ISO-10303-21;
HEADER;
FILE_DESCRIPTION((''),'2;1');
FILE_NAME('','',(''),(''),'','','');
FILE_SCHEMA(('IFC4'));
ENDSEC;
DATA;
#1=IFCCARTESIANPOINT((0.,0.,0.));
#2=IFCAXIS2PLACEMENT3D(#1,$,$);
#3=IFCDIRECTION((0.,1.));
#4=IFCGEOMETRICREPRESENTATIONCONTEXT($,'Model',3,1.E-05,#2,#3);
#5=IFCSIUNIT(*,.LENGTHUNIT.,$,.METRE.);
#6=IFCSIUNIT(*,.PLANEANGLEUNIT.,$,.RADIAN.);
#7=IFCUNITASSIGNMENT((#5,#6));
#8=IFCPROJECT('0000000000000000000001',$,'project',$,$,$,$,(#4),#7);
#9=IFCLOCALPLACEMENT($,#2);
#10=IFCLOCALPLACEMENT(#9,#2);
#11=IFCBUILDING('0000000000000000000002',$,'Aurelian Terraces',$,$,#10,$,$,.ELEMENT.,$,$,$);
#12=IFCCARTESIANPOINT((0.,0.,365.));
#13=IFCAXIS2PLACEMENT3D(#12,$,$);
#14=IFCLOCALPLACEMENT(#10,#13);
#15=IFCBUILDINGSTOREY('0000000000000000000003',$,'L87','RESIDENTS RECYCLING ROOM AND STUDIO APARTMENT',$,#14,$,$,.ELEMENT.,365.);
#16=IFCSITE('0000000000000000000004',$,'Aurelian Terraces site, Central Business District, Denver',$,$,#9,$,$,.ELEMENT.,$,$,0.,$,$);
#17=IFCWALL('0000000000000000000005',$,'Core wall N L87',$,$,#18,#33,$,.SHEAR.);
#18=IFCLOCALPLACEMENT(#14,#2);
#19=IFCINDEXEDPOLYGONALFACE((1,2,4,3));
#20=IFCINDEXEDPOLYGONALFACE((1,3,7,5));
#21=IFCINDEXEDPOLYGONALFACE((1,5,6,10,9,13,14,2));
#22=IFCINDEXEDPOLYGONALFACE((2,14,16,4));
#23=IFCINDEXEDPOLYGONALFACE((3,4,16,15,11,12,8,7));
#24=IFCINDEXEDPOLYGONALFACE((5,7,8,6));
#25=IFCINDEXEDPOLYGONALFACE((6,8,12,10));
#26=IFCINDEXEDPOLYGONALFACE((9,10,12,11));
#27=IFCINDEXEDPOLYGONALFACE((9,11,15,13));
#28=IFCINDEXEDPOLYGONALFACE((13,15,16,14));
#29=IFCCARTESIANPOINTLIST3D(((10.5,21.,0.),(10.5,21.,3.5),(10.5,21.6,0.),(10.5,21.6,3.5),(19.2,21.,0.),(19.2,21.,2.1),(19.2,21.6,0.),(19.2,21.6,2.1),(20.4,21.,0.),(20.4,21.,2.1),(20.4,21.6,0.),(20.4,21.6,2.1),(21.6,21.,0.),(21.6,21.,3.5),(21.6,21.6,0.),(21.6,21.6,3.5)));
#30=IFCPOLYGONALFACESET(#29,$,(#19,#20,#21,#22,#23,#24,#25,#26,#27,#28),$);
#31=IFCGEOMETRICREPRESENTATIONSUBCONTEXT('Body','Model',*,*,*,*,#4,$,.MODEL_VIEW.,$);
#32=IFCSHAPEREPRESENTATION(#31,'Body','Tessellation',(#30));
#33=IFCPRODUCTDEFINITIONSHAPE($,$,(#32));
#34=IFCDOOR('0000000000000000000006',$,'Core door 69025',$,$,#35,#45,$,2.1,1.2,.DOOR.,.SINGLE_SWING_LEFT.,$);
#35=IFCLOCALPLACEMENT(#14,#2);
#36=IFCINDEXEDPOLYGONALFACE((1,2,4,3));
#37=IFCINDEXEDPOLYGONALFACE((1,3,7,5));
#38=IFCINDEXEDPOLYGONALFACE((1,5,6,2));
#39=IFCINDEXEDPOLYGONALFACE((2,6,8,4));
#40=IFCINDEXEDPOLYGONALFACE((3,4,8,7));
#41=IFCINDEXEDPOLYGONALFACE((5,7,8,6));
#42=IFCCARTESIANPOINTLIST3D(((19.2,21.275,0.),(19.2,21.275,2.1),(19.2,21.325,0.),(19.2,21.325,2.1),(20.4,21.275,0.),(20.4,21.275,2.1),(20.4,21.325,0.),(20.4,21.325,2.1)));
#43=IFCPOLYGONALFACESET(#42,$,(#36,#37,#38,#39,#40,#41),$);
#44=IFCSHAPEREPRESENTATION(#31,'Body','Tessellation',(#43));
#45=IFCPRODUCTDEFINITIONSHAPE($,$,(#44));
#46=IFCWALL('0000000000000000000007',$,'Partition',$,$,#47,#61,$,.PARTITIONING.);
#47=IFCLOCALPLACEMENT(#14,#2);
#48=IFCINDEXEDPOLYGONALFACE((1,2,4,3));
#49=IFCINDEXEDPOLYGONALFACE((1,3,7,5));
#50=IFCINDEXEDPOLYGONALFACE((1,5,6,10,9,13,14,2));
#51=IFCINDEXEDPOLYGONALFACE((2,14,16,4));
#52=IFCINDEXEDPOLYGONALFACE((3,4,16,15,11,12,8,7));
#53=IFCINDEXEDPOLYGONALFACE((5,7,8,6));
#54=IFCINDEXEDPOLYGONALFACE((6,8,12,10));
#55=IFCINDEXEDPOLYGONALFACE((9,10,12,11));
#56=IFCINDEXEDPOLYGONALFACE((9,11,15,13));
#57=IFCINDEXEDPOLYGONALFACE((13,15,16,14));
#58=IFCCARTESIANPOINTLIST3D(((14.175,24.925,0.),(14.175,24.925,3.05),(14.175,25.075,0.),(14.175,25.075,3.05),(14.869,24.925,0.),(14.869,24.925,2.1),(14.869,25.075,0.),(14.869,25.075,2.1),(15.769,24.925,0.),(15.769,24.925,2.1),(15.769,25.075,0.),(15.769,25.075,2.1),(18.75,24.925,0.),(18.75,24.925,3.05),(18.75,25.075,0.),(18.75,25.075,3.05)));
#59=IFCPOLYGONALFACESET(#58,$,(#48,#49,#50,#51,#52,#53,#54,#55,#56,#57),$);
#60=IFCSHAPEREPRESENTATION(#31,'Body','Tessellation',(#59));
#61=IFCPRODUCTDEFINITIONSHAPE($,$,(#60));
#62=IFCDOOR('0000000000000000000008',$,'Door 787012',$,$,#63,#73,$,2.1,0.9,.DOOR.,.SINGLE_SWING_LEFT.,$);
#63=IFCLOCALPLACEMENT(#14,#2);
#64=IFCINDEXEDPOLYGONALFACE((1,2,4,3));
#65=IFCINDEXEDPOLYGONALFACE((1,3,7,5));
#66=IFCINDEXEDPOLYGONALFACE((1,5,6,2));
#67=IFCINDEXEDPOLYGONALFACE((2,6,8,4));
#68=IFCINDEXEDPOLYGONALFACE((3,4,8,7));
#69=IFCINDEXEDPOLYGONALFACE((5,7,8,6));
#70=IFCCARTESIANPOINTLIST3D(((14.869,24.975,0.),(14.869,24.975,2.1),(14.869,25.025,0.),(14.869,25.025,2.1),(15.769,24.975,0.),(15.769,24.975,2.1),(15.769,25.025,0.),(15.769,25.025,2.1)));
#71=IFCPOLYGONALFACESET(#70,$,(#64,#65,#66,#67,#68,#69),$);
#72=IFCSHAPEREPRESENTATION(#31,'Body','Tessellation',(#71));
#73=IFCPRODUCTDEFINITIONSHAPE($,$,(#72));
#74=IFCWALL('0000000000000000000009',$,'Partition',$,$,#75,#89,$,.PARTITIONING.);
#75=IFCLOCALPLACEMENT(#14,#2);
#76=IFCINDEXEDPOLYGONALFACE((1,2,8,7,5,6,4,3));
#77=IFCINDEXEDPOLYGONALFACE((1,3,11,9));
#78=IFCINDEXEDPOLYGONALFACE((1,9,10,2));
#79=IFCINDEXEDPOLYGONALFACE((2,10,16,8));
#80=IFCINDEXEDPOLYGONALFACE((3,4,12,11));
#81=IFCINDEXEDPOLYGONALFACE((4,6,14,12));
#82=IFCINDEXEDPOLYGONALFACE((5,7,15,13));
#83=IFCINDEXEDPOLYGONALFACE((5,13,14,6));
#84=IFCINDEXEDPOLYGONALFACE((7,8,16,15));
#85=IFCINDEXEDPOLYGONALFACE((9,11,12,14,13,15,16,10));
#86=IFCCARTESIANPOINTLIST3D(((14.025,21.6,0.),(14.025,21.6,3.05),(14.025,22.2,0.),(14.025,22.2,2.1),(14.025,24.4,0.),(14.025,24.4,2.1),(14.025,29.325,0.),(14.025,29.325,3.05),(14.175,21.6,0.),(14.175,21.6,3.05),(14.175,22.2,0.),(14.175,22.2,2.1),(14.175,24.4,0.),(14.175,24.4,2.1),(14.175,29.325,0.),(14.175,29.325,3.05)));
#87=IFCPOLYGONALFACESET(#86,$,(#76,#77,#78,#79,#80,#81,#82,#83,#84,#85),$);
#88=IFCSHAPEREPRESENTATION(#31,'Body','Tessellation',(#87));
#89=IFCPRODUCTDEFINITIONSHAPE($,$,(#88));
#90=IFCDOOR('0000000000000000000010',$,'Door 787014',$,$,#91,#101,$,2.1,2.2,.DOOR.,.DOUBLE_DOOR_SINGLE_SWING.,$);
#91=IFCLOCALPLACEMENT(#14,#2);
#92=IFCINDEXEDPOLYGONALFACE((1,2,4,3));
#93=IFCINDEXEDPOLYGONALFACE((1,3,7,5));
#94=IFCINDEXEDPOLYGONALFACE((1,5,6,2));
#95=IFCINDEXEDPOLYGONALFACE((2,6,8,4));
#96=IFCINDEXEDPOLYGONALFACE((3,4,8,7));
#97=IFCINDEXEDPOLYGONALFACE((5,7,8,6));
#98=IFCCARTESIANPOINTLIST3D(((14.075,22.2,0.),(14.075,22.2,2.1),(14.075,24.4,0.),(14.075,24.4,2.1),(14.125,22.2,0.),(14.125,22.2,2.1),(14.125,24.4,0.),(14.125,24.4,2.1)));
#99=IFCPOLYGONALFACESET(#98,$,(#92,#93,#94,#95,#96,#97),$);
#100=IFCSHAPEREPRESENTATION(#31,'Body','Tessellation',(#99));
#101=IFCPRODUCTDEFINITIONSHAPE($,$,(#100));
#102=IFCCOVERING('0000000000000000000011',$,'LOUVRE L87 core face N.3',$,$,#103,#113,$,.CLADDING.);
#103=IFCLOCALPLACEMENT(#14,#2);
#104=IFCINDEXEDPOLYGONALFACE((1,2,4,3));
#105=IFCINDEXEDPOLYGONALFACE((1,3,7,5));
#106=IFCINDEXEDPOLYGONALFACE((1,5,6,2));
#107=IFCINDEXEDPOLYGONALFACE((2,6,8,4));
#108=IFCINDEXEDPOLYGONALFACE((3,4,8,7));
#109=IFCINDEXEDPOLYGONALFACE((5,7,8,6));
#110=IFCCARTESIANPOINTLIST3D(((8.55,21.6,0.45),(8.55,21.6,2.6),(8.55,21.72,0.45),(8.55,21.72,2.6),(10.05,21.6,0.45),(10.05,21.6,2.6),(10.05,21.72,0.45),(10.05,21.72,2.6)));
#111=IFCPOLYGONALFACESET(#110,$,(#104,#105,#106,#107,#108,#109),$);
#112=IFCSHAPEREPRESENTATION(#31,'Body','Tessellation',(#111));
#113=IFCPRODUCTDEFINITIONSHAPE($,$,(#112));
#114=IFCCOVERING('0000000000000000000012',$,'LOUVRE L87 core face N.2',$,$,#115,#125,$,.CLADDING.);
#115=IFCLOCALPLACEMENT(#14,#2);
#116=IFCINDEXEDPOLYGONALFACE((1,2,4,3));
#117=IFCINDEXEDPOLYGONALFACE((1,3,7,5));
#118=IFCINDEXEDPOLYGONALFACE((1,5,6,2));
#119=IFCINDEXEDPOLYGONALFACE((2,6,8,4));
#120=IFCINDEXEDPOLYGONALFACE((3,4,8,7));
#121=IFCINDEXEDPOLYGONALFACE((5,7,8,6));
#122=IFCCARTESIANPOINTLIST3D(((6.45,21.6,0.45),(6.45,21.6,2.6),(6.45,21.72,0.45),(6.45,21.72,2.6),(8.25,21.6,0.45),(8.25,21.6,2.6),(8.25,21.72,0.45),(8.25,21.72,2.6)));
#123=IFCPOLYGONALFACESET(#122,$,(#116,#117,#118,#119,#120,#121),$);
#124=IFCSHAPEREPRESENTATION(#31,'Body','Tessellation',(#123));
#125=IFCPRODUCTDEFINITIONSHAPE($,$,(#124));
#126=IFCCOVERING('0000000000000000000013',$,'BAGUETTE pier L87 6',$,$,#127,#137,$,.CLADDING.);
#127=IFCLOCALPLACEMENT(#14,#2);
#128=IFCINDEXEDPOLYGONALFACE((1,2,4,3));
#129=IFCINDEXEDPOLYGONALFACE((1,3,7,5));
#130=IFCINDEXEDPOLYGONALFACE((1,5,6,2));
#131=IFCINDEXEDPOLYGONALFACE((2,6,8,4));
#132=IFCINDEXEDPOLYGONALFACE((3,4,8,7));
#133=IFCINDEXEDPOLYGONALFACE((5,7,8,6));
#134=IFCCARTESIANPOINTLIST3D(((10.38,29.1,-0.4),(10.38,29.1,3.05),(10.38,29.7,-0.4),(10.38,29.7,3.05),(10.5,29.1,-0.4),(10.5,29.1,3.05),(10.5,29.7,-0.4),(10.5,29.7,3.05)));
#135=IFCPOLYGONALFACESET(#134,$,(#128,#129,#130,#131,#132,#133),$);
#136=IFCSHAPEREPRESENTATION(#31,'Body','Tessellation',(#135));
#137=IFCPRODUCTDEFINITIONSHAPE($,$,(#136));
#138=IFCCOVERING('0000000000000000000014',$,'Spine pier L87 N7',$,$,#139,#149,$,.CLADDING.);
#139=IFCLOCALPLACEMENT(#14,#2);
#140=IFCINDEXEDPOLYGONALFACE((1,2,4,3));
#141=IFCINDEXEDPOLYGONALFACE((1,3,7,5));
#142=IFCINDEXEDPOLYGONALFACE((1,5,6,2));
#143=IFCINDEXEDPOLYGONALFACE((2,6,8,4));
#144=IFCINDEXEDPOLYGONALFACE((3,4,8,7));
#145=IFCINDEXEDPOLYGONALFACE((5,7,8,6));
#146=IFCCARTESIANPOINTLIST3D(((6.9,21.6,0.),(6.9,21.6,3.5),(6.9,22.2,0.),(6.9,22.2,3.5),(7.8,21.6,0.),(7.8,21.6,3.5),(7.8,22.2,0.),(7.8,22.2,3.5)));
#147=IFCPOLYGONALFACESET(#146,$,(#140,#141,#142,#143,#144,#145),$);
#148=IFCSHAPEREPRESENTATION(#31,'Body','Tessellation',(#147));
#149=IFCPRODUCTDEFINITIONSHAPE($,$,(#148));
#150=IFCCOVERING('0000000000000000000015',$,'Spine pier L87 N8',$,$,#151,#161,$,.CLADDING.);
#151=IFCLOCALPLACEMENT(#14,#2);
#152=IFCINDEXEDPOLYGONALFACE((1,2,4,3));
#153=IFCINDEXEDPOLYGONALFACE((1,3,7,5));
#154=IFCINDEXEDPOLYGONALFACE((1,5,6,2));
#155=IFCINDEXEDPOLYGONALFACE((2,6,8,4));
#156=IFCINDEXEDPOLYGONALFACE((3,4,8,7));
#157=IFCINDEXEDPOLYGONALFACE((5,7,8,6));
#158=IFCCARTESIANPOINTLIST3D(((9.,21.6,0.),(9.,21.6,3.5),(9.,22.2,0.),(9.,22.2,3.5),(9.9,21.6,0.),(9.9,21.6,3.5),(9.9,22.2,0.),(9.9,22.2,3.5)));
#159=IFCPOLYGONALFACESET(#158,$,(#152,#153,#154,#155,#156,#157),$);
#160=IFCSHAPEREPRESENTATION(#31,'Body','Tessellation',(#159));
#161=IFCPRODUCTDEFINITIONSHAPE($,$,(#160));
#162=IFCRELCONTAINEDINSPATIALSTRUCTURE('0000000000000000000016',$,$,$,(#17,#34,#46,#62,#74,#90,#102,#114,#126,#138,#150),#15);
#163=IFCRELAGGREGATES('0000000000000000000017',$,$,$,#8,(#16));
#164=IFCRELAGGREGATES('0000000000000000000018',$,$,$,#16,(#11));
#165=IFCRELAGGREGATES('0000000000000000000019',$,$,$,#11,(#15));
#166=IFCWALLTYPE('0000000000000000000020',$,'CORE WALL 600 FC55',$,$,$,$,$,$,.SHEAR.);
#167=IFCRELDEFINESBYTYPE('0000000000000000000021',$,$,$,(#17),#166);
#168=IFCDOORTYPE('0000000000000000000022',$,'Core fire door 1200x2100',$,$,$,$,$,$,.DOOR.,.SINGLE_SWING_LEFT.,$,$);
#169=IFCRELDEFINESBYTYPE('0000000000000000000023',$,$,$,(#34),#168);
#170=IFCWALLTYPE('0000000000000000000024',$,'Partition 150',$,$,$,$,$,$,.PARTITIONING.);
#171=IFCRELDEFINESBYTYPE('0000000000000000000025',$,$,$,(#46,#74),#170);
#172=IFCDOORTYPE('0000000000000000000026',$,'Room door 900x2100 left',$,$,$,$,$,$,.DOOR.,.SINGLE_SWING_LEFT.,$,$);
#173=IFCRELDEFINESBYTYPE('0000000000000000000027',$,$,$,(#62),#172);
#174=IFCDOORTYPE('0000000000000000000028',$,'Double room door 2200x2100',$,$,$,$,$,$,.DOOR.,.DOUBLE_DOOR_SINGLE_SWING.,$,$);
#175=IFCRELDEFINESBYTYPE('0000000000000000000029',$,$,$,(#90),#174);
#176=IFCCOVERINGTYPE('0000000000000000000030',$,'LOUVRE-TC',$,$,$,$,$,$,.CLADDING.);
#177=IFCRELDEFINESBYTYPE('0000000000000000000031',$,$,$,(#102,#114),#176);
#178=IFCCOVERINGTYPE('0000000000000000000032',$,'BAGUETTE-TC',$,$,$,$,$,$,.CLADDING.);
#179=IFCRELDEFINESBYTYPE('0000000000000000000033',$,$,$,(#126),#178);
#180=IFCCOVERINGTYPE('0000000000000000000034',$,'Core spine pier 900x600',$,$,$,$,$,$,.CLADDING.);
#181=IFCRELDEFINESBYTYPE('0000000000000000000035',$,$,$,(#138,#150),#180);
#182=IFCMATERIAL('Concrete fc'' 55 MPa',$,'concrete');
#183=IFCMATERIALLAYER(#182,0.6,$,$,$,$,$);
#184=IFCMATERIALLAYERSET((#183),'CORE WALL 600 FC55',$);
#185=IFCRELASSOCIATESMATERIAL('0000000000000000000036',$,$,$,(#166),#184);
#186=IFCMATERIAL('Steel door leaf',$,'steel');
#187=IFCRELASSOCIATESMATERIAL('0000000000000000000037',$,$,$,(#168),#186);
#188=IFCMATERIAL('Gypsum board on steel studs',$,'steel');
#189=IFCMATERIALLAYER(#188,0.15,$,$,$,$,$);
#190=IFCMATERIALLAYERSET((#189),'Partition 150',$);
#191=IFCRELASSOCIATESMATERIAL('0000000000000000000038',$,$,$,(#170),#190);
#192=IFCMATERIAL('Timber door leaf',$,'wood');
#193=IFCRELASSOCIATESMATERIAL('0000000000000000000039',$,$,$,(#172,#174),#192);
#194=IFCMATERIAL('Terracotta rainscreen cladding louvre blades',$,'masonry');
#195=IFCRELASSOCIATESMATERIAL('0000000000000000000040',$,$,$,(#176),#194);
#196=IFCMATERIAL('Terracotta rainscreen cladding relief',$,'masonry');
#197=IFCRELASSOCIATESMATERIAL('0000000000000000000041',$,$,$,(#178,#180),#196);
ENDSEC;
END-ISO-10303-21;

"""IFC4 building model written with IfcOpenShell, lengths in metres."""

from ifc_helpers import new_model, si_unit, direction, frame, frame_2d, origin, origin_2d, place, context, subcontext, project, spatial, rectangle, extrude, source, transform, mapped, material, layer, layer_set, type_object, element, fill, save


model = new_model("IFC4")

# Units and contexts
model_context = context("Model", 3, precision=1e-05, world=origin(), true_north=direction((0.0, 1.0)))
body_context = subcontext(model_context, "Body", "Model", "MODEL_VIEW")
ifc_project = project(units=[si_unit("LENGTHUNIT", "METRE"), si_unit("PLANEANGLEUNIT", "RADIAN")], contexts=[model_context])

# Site, building, storey
site_placement = place(None, origin())
site = spatial("IfcSite", under=ifc_project, at=site_placement, Name="Aurelian Terraces site, Central Business District, Denver", CompositionType="ELEMENT", RefElevation=0.0)
building_placement = place(site_placement, origin())
building = spatial("IfcBuilding", under=site, at=building_placement, Name="Aurelian Terraces", CompositionType="ELEMENT")
storey_placement = place(building_placement, frame((0.0, 0.0, 365.0)))
storey = spatial("IfcBuildingStorey", under=building, at=storey_placement, Name="L87", Description="RESIDENTS RECYCLING ROOM AND STUDIO APARTMENT", CompositionType="ELEMENT", Elevation=365.0)

# Shared definitions
ifc_material_1 = material(Name="Gypsum board on steel studs", Category="steel")
ifc_material_2 = material(Name="Steel door leaf", Category="steel")
shared_shape_1 = source(origin(), body_context, "Body", "SweptSolid", [
    extrude(rectangle(XDim=0.9, YDim=2.1, at=frame_2d((0.45, 1.05))), frame((0.0, 0.025, 0.0), z_axis=(0.0, -1.0, 0.0), x_axis=(1.0, 0.0, 0.0)), (0.0, 0.0, 1.0), 0.05),
])

# Walls, openings, doors
ifc_material_3 = material(Name="Concrete fc' 55 MPa", Category="concrete")
ifc_layer_1 = layer(ifc_material_3, 0.6)
ifc_layer_set_1 = layer_set([ifc_layer_1], Name="CORE WALL 600 FC55")
wall_type_1 = type_object("IfcWallType", Name="CORE WALL 600 FC55", PredefinedType="SHEAR", material=ifc_layer_set_1)
shared_shape_2 = source(origin(), body_context, "Body", "SweptSolid", [
    extrude(rectangle(XDim=11.1, YDim=0.6, at=frame_2d((5.55, 0.0))), origin(), (0.0, 0.0, 1.0), 3.5),
])
wall_1_placement = place(storey_placement, frame((10.5, 21.3, 0.0), z_axis=(0.0, 0.0, 1.0), x_axis=(1.0, 0.0, 0.0)))
wall_1 = element("IfcWall", 1, at=wall_1_placement, inside=storey, type_object=wall_type_1, Name="Core wall N L87", PredefinedType="SHEAR", context=body_context, shape_type="MappedRepresentation", body=[
    mapped(shared_shape_2, transform((0.0, 0.0, 0.0), scale=1.0)),
])
shared_shape_3 = source(origin(), body_context, "Body", "SweptSolid", [
    extrude(rectangle(XDim=1.2, YDim=2.1, at=frame_2d((0.6, 1.05))), frame((0.0, 0.31, 0.0), z_axis=(0.0, -1.0, 0.0), x_axis=(1.0, 0.0, 0.0)), (0.0, 0.0, 1.0), 0.62),
])
opening_1_placement = place(wall_1_placement, frame((8.7, 0.0, 0.0)))
opening_1 = element("IfcOpeningElement", 2, at=opening_1_placement, cuts=wall_1, PredefinedType="OPENING", context=body_context, shape_type="MappedRepresentation", body=[
    mapped(shared_shape_3, transform((0.0, 0.0, 0.0), scale=1.0)),
])
door_type_1 = type_object("IfcDoorType", Name="Core fire door 1200x2100", OperationType="SINGLE_SWING_LEFT", PredefinedType="DOOR", material=ifc_material_2)
shared_shape_4 = source(origin(), body_context, "Body", "SweptSolid", [
    extrude(rectangle(XDim=1.2, YDim=2.1, at=frame_2d((0.6, 1.05))), frame((0.0, 0.025, 0.0), z_axis=(0.0, -1.0, 0.0), x_axis=(1.0, 0.0, 0.0)), (0.0, 0.0, 1.0), 0.05),
])
door_1_placement = place(opening_1_placement, origin())
door_1 = element("IfcDoor", 3, at=door_1_placement, inside=storey, type_object=door_type_1, Name="Core door 69025", OperationType="SINGLE_SWING_LEFT", OverallHeight=2.1, OverallWidth=1.2, PredefinedType="DOOR", context=body_context, shape_type="MappedRepresentation", body=[
    mapped(shared_shape_4, transform((0.0, 0.0, 0.0), scale=1.0)),
])
fill(opening_1, door_1)
ifc_layer_2 = layer(ifc_material_1, 0.15)
ifc_layer_set_2 = layer_set([ifc_layer_2], Name="Partition 150")
wall_type_2 = type_object("IfcWallType", Name="Partition 150", PredefinedType="PARTITIONING", material=ifc_layer_set_2)
shared_shape_5 = source(origin(), body_context, "Body", "SweptSolid", [
    extrude(rectangle(XDim=4.575, YDim=0.15, at=frame_2d((2.2875, 0.0))), origin(), (0.0, 0.0, 1.0), 3.05),
])
wall_2_placement = place(storey_placement, frame((14.175, 25.0, 0.0), z_axis=(0.0, 0.0, 1.0), x_axis=(1.0, 0.0, 0.0)))
wall_2 = element("IfcWall", 4, at=wall_2_placement, inside=storey, type_object=wall_type_2, Name="Partition", PredefinedType="PARTITIONING", context=body_context, shape_type="MappedRepresentation", body=[
    mapped(shared_shape_5, transform((0.0, 0.0, 0.0), scale=1.0)),
])
shared_shape_6 = source(origin(), body_context, "Body", "SweptSolid", [
    extrude(rectangle(XDim=0.9, YDim=2.1, at=frame_2d((0.45, 1.05))), frame((0.0, 0.085, 0.0), z_axis=(0.0, -1.0, 0.0), x_axis=(1.0, 0.0, 0.0)), (0.0, 0.0, 1.0), 0.17),
])
opening_2_placement = place(wall_2_placement, frame((0.694, 0.0, 0.0)))
opening_2 = element("IfcOpeningElement", 5, at=opening_2_placement, cuts=wall_2, PredefinedType="OPENING", context=body_context, shape_type="MappedRepresentation", body=[
    mapped(shared_shape_6, transform((0.0, 0.0, 0.0), scale=1.0)),
])
ifc_material_4 = material(Name="Timber door leaf", Category="wood")
door_type_2 = type_object("IfcDoorType", Name="Room door 900x2100 left", OperationType="SINGLE_SWING_LEFT", PredefinedType="DOOR", material=ifc_material_4)
door_2_placement = place(opening_2_placement, origin())
door_2 = element("IfcDoor", 6, at=door_2_placement, inside=storey, type_object=door_type_2, Name="Door 787012", OperationType="SINGLE_SWING_LEFT", OverallHeight=2.1, OverallWidth=0.9, PredefinedType="DOOR", context=body_context, shape_type="MappedRepresentation", body=[
    mapped(shared_shape_1, transform((0.0, 0.0, 0.0), scale=1.0)),
])
fill(opening_2, door_2)
shared_shape_7 = source(origin(), body_context, "Body", "SweptSolid", [
    extrude(rectangle(XDim=7.725, YDim=0.15, at=frame_2d((3.8625, 0.0))), origin(), (0.0, 0.0, 1.0), 3.05),
])
wall_3_placement = place(storey_placement, frame((14.1, 29.325, 0.0), z_axis=(0.0, 0.0, 1.0), x_axis=(0.0, -1.0, 0.0)))
wall_3 = element("IfcWall", 7, at=wall_3_placement, inside=storey, type_object=wall_type_2, Name="Partition", PredefinedType="PARTITIONING", context=body_context, shape_type="MappedRepresentation", body=[
    mapped(shared_shape_7, transform((0.0, 0.0, 0.0), scale=1.0)),
])
shared_shape_8 = source(origin(), body_context, "Body", "SweptSolid", [
    extrude(rectangle(XDim=2.2, YDim=2.1, at=frame_2d((1.1, 1.05))), frame((0.0, 0.085, 0.0), z_axis=(0.0, -1.0, 0.0), x_axis=(1.0, 0.0, 0.0)), (0.0, 0.0, 1.0), 0.17),
])
opening_3_placement = place(wall_3_placement, frame((4.925, 0.0, 0.0)))
opening_3 = element("IfcOpeningElement", 8, at=opening_3_placement, cuts=wall_3, PredefinedType="OPENING", context=body_context, shape_type="MappedRepresentation", body=[
    mapped(shared_shape_8, transform((0.0, 0.0, 0.0), scale=1.0)),
])
door_type_3 = type_object("IfcDoorType", Name="Double room door 2200x2100", OperationType="DOUBLE_DOOR_SINGLE_SWING", PredefinedType="DOOR", material=ifc_material_4)
shared_shape_9 = source(origin(), body_context, "Body", "SweptSolid", [
    extrude(rectangle(XDim=2.2, YDim=2.1, at=frame_2d((1.1, 1.05))), frame((0.0, 0.025, 0.0), z_axis=(0.0, -1.0, 0.0), x_axis=(1.0, 0.0, 0.0)), (0.0, 0.0, 1.0), 0.05),
])
door_3_placement = place(opening_3_placement, origin())
door_3 = element("IfcDoor", 9, at=door_3_placement, inside=storey, type_object=door_type_3, Name="Door 787014", OperationType="DOUBLE_DOOR_SINGLE_SWING", OverallHeight=2.1, OverallWidth=2.2, PredefinedType="DOOR", context=body_context, shape_type="MappedRepresentation", body=[
    mapped(shared_shape_9, transform((0.0, 0.0, 0.0), scale=1.0)),
])
fill(opening_3, door_3)

# Coverings
ifc_material_5 = material(Name="Terracotta rainscreen cladding louvre blades", Category="masonry")
covering_type_1 = type_object("IfcCoveringType", Name="LOUVRE-TC", PredefinedType="CLADDING", material=ifc_material_5)
covering_1_placement = place(storey_placement, frame((9.3, 21.66, 0.45), z_axis=(0.0, 0.0, 1.0), x_axis=(1.0, 0.0, 0.0)))
element("IfcCovering", 10, at=covering_1_placement, inside=storey, type_object=covering_type_1, Name="LOUVRE L87 core face N.3", PredefinedType="CLADDING", context=body_context, shape_type="SweptSolid", body=[
    extrude(rectangle(XDim=1.5, YDim=0.12, at=origin_2d()), origin(), (0.0, 0.0, 1.0), 2.15),
])
shared_shape_10 = source(origin(), body_context, "Body", "SweptSolid", [
    extrude(rectangle(XDim=1.8, YDim=0.12, at=origin_2d()), origin(), (0.0, 0.0, 1.0), 2.15),
])
covering_2_placement = place(storey_placement, frame((7.35, 21.66, 0.45), z_axis=(0.0, 0.0, 1.0), x_axis=(1.0, 0.0, 0.0)))
element("IfcCovering", 11, at=covering_2_placement, inside=storey, type_object=covering_type_1, Name="LOUVRE L87 core face N.2", PredefinedType="CLADDING", context=body_context, shape_type="MappedRepresentation", body=[
    mapped(shared_shape_10, transform((0.0, 0.0, 0.0), scale=1.0)),
])
ifc_material_6 = material(Name="Terracotta rainscreen cladding relief", Category="masonry")
covering_type_2 = type_object("IfcCoveringType", Name="BAGUETTE-TC", PredefinedType="CLADDING", material=ifc_material_6)
shared_shape_11 = source(origin(), body_context, "Body", "SweptSolid", [
    extrude(rectangle(XDim=0.12, YDim=0.6, at=origin_2d()), origin(), (0.0, 0.0, 1.0), 3.45),
])
covering_3_placement = place(storey_placement, frame((10.44, 29.4, -0.4), z_axis=(0.0, 0.0, 1.0), x_axis=(1.0, 0.0, 0.0)))
element("IfcCovering", 12, at=covering_3_placement, inside=storey, type_object=covering_type_2, Name="BAGUETTE pier L87 6", PredefinedType="CLADDING", context=body_context, shape_type="MappedRepresentation", body=[
    mapped(shared_shape_11, transform((0.0, 0.0, 0.0), scale=1.0)),
])
covering_type_3 = type_object("IfcCoveringType", Name="Core spine pier 900x600", PredefinedType="CLADDING", material=ifc_material_6)
shared_shape_12 = source(origin(), body_context, "Body", "SweptSolid", [
    extrude(rectangle(XDim=0.9, YDim=0.6, at=origin_2d()), origin(), (0.0, 0.0, 1.0), 3.5),
])
for number, where, z_axis, x_axis, name in (
    (13, (7.35, 21.9, 0.0), (0.0, 0.0, 1.0), (1.0, 0.0, 0.0), "Spine pier L87 N7"),
    (14, (9.45, 21.9, 0.0), (0.0, 0.0, 1.0), (1.0, 0.0, 0.0), "Spine pier L87 N8"),
):
    element("IfcCovering", number, at=place(storey_placement, frame(where, z_axis=z_axis, x_axis=x_axis)), inside=storey, type_object=covering_type_3, Name=name, PredefinedType="CLADDING", context=body_context, shape_type="MappedRepresentation", body=[
        mapped(shared_shape_12, transform((0.0, 0.0, 0.0), scale=1.0)),
    ])

save(model, "model.ifc")
